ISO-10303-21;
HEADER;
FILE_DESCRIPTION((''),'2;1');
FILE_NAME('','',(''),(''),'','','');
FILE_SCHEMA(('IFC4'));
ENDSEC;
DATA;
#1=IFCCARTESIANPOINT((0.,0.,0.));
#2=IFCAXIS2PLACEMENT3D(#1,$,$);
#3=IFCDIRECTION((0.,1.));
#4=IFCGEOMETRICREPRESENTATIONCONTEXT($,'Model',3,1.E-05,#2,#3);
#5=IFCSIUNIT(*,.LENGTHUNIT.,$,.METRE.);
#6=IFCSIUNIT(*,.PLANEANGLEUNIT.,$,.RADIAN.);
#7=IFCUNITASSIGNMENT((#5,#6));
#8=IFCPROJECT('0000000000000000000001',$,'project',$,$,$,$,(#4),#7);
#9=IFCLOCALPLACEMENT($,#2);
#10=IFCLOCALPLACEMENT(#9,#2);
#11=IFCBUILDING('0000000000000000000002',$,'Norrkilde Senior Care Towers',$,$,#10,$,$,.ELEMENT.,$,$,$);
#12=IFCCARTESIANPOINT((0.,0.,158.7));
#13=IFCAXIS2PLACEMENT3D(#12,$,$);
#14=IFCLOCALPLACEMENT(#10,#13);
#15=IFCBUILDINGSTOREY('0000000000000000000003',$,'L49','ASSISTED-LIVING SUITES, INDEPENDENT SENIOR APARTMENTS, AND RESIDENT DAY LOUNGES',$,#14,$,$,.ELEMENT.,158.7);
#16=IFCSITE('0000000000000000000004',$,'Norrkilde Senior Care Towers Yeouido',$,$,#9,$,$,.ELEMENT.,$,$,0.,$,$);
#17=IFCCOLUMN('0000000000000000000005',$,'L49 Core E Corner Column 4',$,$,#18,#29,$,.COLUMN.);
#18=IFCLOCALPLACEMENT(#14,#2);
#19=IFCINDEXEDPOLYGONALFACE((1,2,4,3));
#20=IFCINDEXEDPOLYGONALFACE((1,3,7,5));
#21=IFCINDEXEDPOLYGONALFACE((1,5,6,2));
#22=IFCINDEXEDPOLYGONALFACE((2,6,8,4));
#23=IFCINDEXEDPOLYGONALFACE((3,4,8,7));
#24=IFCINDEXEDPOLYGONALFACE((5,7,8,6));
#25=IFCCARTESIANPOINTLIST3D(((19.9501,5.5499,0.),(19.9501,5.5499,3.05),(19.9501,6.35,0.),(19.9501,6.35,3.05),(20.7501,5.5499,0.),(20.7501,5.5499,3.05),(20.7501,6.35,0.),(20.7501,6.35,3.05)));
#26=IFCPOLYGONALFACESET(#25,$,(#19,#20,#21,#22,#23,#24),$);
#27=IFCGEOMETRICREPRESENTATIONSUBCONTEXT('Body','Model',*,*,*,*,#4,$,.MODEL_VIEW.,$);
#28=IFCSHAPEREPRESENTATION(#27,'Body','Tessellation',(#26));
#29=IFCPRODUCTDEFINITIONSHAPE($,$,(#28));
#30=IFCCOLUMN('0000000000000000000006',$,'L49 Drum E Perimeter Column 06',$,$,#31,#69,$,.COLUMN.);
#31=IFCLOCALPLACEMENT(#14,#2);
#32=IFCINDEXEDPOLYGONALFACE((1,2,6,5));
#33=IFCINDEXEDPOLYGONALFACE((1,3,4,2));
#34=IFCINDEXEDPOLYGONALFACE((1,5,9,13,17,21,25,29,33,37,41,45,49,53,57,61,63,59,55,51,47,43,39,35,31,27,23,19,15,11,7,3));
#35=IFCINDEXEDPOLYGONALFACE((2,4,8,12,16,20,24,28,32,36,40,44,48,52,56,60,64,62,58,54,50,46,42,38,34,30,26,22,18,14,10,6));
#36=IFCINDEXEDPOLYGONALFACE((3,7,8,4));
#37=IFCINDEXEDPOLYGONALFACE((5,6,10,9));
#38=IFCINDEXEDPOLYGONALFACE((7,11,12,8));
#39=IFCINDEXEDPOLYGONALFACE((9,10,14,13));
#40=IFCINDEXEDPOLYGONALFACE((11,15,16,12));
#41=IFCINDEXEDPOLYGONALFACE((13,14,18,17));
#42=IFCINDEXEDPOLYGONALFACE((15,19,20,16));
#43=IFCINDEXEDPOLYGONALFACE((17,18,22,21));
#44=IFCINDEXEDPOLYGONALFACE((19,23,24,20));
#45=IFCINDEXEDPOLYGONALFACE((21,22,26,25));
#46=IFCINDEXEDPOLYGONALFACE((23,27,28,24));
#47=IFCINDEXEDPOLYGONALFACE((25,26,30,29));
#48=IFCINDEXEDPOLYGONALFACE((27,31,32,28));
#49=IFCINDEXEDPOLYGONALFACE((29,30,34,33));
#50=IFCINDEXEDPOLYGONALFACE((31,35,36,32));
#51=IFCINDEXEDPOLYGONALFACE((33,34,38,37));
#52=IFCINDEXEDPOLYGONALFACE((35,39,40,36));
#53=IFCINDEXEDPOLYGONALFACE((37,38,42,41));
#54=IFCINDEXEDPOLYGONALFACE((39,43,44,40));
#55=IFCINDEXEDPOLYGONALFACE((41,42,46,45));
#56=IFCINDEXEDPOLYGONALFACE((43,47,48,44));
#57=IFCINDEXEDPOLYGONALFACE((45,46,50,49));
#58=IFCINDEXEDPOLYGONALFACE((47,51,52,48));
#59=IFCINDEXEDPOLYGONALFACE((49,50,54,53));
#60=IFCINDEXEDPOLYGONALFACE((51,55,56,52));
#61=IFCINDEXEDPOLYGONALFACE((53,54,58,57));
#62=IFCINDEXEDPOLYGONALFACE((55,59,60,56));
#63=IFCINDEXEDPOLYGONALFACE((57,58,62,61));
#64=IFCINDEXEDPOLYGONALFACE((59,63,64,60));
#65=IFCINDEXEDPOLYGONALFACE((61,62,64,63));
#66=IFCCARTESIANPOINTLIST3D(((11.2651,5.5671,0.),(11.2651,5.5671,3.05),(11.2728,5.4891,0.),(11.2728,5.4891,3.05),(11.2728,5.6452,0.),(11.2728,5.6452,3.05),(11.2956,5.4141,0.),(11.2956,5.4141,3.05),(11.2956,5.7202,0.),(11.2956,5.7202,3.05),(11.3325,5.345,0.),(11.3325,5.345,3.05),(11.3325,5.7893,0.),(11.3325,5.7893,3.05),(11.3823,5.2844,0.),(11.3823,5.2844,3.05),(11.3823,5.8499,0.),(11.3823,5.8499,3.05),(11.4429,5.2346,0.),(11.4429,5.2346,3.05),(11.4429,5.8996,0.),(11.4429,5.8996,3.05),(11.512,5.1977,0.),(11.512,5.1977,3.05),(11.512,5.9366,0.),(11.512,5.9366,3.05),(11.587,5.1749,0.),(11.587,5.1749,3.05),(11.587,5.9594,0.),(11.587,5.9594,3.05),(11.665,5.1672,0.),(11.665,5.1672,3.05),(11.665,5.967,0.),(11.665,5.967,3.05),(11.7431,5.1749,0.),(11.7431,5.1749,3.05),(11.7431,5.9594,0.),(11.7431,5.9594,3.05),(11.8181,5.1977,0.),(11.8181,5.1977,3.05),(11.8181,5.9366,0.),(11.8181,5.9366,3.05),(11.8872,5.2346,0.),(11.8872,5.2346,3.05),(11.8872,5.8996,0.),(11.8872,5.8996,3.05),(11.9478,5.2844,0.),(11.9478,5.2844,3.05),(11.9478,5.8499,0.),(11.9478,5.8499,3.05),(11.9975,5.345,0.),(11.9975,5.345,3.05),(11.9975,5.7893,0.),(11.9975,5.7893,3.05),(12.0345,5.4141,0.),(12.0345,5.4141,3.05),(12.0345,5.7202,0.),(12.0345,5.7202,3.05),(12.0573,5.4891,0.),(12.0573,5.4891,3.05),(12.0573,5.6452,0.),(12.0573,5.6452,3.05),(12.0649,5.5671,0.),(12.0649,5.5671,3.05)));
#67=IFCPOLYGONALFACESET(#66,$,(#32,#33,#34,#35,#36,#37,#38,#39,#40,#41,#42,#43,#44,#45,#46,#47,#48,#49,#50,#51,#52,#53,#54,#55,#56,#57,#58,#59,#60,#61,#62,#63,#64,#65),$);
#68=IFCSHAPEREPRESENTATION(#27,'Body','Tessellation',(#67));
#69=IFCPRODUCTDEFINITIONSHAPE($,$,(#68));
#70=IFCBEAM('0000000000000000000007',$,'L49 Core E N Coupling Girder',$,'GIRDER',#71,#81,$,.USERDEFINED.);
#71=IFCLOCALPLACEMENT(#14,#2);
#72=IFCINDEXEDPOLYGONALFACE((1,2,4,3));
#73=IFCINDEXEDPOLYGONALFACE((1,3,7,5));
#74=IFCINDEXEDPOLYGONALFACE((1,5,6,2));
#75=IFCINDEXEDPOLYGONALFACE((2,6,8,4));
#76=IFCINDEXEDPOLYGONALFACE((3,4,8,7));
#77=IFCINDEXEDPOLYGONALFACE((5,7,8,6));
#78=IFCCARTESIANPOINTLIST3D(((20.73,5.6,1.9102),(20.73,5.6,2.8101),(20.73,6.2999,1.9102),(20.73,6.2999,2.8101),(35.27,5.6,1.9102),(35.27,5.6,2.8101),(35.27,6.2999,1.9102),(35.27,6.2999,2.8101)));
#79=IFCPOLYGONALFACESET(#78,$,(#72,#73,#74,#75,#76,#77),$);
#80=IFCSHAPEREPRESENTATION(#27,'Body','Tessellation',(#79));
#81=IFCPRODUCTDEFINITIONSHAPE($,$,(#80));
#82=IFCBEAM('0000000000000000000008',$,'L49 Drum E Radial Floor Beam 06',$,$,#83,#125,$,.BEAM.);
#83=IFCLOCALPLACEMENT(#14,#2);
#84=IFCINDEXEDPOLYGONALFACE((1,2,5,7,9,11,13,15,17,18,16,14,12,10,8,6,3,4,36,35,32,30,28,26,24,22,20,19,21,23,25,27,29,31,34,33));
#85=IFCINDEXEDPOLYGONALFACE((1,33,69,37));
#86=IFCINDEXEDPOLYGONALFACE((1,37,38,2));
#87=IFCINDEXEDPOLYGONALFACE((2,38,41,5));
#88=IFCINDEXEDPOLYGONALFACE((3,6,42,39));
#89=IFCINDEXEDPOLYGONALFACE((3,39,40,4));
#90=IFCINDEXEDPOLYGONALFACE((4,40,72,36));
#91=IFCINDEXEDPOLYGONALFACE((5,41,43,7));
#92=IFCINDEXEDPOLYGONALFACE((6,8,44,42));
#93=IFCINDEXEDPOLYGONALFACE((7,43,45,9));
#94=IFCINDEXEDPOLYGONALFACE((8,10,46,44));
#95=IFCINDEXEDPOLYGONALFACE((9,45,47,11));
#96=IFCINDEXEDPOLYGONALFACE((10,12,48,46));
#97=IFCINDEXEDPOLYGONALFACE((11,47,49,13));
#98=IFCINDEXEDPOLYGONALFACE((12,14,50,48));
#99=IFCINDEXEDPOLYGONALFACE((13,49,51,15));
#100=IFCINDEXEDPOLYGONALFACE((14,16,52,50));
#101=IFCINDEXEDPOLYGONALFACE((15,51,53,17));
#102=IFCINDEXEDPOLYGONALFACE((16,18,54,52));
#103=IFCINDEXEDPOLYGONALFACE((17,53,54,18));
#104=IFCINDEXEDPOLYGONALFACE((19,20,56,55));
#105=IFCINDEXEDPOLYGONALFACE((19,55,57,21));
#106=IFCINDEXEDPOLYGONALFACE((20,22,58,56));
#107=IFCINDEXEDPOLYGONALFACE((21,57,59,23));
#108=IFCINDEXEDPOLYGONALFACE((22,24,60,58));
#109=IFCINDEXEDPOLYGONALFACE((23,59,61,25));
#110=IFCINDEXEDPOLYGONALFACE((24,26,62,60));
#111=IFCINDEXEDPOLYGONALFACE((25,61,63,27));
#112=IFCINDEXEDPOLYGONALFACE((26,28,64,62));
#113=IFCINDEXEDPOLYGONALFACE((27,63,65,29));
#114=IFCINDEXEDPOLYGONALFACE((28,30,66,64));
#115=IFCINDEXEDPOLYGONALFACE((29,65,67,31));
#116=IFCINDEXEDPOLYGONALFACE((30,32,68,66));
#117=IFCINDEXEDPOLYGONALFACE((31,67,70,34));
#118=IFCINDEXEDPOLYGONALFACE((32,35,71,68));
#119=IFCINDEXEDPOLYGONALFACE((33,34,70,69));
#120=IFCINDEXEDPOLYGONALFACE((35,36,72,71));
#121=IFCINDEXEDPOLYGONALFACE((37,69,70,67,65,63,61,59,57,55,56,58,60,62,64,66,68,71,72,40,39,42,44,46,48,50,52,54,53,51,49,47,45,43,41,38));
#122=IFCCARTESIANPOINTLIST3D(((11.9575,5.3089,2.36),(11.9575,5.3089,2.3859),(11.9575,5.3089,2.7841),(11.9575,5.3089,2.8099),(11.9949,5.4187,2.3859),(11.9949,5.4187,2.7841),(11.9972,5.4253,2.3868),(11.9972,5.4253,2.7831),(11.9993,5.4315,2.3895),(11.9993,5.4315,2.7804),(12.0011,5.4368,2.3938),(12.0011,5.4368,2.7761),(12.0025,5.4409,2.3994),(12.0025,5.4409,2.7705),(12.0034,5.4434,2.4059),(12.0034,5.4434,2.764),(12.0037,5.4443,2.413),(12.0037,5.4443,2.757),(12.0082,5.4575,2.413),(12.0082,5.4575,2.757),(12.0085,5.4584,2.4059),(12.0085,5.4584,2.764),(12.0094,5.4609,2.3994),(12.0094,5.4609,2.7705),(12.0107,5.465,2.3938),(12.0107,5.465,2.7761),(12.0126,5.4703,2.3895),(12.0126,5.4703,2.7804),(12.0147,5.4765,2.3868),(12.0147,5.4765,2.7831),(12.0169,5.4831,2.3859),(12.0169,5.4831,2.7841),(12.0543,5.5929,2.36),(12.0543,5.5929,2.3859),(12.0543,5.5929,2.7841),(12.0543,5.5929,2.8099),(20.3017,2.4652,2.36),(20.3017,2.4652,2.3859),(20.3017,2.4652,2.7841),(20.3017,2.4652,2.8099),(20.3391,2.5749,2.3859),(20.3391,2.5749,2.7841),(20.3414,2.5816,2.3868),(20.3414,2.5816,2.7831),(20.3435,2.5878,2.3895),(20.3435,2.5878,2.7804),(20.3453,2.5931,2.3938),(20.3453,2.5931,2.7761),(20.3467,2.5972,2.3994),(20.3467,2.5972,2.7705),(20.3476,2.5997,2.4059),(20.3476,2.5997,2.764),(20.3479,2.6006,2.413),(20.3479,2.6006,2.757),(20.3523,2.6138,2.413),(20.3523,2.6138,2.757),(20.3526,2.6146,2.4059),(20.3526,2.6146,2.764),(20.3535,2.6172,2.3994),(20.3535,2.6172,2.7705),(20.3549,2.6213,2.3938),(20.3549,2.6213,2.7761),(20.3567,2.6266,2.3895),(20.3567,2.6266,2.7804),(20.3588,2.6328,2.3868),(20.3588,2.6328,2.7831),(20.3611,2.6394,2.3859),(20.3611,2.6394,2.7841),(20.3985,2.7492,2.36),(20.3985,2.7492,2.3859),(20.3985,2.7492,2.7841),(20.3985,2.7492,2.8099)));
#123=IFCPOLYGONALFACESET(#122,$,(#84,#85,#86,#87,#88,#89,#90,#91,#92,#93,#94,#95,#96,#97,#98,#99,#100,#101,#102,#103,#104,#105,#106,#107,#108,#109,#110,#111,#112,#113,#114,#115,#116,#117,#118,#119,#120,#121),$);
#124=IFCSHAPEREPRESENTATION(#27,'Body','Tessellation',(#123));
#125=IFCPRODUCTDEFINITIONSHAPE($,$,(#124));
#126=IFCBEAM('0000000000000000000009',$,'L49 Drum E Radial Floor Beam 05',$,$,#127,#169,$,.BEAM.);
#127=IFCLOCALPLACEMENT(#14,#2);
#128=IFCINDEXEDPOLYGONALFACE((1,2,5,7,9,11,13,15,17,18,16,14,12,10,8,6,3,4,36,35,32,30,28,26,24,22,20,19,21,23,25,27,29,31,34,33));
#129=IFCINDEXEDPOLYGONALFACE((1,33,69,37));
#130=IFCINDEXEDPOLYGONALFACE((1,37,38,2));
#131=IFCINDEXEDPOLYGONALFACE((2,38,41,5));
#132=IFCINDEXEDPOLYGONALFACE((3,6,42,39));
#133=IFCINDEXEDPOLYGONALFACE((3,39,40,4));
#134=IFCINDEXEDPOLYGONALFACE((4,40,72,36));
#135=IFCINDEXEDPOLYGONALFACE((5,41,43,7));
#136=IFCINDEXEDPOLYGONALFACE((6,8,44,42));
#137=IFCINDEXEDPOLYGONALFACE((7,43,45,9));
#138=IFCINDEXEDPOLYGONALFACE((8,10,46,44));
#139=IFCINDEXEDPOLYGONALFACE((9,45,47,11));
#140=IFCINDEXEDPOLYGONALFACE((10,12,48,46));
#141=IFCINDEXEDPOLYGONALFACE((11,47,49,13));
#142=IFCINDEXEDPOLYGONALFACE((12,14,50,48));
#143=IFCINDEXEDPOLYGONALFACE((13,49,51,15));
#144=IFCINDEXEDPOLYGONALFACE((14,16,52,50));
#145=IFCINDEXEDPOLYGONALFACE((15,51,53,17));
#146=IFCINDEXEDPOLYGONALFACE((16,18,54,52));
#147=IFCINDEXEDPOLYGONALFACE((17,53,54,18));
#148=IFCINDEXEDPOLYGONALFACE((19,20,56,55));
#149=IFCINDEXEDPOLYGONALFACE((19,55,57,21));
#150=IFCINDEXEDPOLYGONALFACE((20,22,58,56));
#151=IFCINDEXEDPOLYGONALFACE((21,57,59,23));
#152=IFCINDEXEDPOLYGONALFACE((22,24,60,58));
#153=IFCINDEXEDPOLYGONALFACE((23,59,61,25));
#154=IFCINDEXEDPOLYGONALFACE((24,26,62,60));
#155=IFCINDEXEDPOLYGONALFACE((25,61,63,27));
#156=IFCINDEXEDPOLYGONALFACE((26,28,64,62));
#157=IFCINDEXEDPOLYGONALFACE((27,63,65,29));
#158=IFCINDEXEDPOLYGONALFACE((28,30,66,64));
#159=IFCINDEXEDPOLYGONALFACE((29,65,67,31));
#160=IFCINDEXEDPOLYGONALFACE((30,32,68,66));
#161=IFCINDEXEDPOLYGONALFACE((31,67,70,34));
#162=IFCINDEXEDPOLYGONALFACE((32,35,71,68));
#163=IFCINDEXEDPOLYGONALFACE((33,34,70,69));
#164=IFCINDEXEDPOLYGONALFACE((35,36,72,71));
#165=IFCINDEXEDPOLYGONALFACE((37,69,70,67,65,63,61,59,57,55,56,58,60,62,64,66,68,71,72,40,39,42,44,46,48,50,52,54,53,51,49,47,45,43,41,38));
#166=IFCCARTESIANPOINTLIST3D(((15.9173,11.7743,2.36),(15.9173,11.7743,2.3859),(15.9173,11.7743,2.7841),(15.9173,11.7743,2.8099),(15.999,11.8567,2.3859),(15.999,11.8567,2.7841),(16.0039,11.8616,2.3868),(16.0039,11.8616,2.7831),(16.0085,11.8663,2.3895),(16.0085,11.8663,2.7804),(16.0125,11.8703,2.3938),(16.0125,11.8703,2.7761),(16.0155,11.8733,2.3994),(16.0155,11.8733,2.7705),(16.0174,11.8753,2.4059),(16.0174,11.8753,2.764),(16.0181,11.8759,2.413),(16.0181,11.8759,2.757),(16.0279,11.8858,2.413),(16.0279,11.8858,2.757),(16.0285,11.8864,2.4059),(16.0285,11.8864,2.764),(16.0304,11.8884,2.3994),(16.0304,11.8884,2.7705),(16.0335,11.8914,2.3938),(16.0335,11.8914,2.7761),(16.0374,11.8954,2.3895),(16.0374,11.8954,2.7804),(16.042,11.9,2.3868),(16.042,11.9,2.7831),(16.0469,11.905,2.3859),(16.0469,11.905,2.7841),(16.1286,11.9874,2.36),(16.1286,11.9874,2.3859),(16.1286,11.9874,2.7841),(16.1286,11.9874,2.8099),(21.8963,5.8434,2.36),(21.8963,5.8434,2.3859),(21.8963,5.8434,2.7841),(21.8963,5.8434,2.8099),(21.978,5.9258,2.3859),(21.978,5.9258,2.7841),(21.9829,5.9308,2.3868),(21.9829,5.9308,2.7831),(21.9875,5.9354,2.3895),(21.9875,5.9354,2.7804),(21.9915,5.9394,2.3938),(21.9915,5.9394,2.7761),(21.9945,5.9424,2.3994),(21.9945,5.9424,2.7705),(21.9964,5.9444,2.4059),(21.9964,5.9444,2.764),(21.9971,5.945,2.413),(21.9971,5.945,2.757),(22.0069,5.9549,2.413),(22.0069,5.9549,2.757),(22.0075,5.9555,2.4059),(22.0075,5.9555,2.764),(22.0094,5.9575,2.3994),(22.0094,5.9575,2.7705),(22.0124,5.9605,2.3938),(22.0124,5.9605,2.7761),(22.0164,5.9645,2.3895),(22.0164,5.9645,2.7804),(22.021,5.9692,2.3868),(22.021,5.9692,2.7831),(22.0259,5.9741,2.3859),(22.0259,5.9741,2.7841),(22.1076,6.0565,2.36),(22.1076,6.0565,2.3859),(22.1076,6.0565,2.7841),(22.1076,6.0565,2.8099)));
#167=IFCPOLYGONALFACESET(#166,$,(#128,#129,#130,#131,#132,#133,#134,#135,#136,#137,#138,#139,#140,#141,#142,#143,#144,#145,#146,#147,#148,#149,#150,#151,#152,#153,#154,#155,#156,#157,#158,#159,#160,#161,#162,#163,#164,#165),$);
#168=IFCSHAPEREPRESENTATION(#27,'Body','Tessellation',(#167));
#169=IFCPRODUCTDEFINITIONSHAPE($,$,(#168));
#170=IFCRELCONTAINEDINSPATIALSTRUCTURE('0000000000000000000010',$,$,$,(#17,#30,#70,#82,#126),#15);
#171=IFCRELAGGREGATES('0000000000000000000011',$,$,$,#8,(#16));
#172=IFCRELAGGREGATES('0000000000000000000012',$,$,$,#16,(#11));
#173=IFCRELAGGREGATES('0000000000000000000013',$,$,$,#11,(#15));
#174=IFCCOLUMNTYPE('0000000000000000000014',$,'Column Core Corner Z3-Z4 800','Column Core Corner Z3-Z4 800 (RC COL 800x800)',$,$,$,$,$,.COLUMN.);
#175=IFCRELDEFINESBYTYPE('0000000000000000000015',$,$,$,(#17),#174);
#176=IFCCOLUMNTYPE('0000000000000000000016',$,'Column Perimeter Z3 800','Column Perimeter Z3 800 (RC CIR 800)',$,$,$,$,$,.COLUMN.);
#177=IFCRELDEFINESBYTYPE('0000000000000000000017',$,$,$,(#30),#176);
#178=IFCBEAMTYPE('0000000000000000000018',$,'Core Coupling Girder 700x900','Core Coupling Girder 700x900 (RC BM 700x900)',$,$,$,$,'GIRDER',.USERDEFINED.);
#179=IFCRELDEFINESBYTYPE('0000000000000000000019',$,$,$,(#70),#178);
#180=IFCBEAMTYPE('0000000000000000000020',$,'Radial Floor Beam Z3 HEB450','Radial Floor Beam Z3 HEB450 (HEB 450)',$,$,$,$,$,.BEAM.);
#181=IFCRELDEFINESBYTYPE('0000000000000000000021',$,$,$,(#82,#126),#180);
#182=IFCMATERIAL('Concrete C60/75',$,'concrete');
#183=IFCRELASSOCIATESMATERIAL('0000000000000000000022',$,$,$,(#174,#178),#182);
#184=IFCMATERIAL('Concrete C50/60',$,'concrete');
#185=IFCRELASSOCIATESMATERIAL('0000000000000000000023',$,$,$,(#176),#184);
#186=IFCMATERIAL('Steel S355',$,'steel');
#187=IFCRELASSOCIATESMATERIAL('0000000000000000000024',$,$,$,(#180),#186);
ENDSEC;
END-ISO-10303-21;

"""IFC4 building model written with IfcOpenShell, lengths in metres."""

from ifc_helpers import new_model, si_unit, direction, frame, origin, origin_2d, place, context, subcontext, project, spatial, rectangle, circle, i_section, extrude, source, transform, mapped, material, material_profile, profile_set, type_object, type_shapes, element, save


model = new_model("IFC4")

# Units and contexts
model_context = context("Model", 3, precision=1e-05, world=origin(), true_north=direction((0.0, 1.0)))
body_context = subcontext(model_context, "Body", "Model", "MODEL_VIEW")
ifc_project = project(units=[si_unit("LENGTHUNIT", "METRE"), si_unit("PLANEANGLEUNIT", "RADIAN")], contexts=[model_context])

# Site, building, storey
site_placement = place(None, origin())
site = spatial("IfcSite", under=ifc_project, at=site_placement, Name="Norrkilde Senior Care Towers Yeouido", CompositionType="ELEMENT", RefElevation=0.0)
building_placement = place(site_placement, origin())
building = spatial("IfcBuilding", under=site, at=building_placement, Name="Norrkilde Senior Care Towers", CompositionType="ELEMENT")
storey_placement = place(building_placement, frame((0.0, 0.0, 158.7)))
storey = spatial("IfcBuildingStorey", under=building, at=storey_placement, Name="L49", Description="ASSISTED-LIVING SUITES, INDEPENDENT SENIOR APARTMENTS, AND RESIDENT DAY LOUNGES", CompositionType="ELEMENT", Elevation=158.7)

# Columns
ifc_material_1 = material(Name="Concrete C60/75", Category="concrete")
ifc_material_profile_1 = material_profile(ifc_material_1, rectangle(XDim=0.8, YDim=0.8, at=origin_2d()), Name="RC COL 800x800")
ifc_profile_set_1 = profile_set([ifc_material_profile_1], Name="Concrete C60/75")
column_type_1 = type_object("IfcColumnType", Name="Column Core Corner Z3-Z4 800", Description="Column Core Corner Z3-Z4 800 (RC COL 800x800)", PredefinedType="COLUMN", material=ifc_profile_set_1)
shared_shape_1 = source(origin(), body_context, "Body", "SweptSolid", [
    extrude(rectangle(XDim=0.8, YDim=0.8, at=origin_2d()), origin(), (0.0, 0.0, 1.0), 3.05),
])
type_shapes(column_type_1, [shared_shape_1])
column_1_placement = place(storey_placement, frame((20.3501, 5.95, 0.0), z_axis=(0.0, 0.0, 1.0), x_axis=(1.0, 0.0, 0.0)))
element("IfcColumn", 1, at=column_1_placement, inside=storey, type_object=column_type_1, Name="L49 Core E Corner Column 4", PredefinedType="COLUMN", context=body_context, shape_type="MappedRepresentation", body=[
    mapped(shared_shape_1, transform((0.0, 0.0, 0.0), x_axis=(1.0, 0.0, 0.0), y_axis=(0.0, 1.0, 0.0), z_axis=(0.0, 0.0, 1.0), scale=1.0)),
])
ifc_material_2 = material(Name="Concrete C50/60", Category="concrete")
ifc_material_profile_2 = material_profile(ifc_material_2, circle(Radius=0.3999, at=origin_2d()), Name="RC CIR 800")
ifc_profile_set_2 = profile_set([ifc_material_profile_2], Name="Concrete C50/60")
column_type_2 = type_object("IfcColumnType", Name="Column Perimeter Z3 800", Description="Column Perimeter Z3 800 (RC CIR 800)", PredefinedType="COLUMN", material=ifc_profile_set_2)
shared_shape_2 = source(origin(), body_context, "Body", "SweptSolid", [
    extrude(circle(Radius=0.3999, at=origin_2d()), origin(), (0.0, 0.0, 1.0), 3.05),
])
type_shapes(column_type_2, [shared_shape_2])
column_2_placement = place(storey_placement, frame((11.665, 5.5671, 0.0), z_axis=(0.0, 0.0, 1.0), x_axis=(1.0, 0.0, 0.0)))
element("IfcColumn", 2, at=column_2_placement, inside=storey, type_object=column_type_2, Name="L49 Drum E Perimeter Column 06", PredefinedType="COLUMN", context=body_context, shape_type="MappedRepresentation", body=[
    mapped(shared_shape_2, transform((0.0, 0.0, 0.0), x_axis=(1.0, 0.0, 0.0), y_axis=(0.0, 1.0, 0.0), z_axis=(0.0, 0.0, 1.0), scale=1.0)),
])

# Beams
ifc_material_profile_3 = material_profile(ifc_material_1, rectangle(XDim=0.7, YDim=0.8999, at=origin_2d()), Name="RC BM 700x900")
ifc_profile_set_3 = profile_set([ifc_material_profile_3], Name="Concrete C60/75")
beam_type_1 = type_object("IfcBeamType", Name="Core Coupling Girder 700x900", Description="Core Coupling Girder 700x900 (RC BM 700x900)", ElementType="GIRDER", PredefinedType="USERDEFINED", material=ifc_profile_set_3)
shared_shape_3 = source(origin(), body_context, "Body", "SweptSolid", [
    extrude(rectangle(XDim=0.7, YDim=0.8999, at=origin_2d()), origin(), (0.0, 0.0, 1.0), 14.54),
])
type_shapes(beam_type_1, [shared_shape_3])
beam_1_placement = place(storey_placement, frame((20.73, 5.95, 2.3601), z_axis=(1.0, 0.0, 0.0), x_axis=(0.0, 1.0, 0.0)))
element("IfcBeam", 3, at=beam_1_placement, inside=storey, type_object=beam_type_1, Name="L49 Core E N Coupling Girder", ObjectType="GIRDER", PredefinedType="USERDEFINED", context=body_context, shape_type="MappedRepresentation", body=[
    mapped(shared_shape_3, transform((0.0, 0.0, 0.0), x_axis=(1.0, 0.0, 0.0), y_axis=(0.0, 1.0, 0.0), z_axis=(0.0, 0.0, 1.0), scale=1.0)),
])
ifc_material_3 = material(Name="Steel S355", Category="steel")
ifc_material_profile_4 = material_profile(ifc_material_3, i_section(OverallWidth=0.3, OverallDepth=0.45, WebThickness=0.0139, FlangeThickness=0.0259, FilletRadius=0.0271, at=origin_2d()), Name="HEB 450")
ifc_profile_set_4 = profile_set([ifc_material_profile_4], Name="Steel S355")
beam_type_2 = type_object("IfcBeamType", Name="Radial Floor Beam Z3 HEB450", Description="Radial Floor Beam Z3 HEB450 (HEB 450)", PredefinedType="BEAM", material=ifc_profile_set_4)
shared_shape_4 = source(origin(), body_context, "Body", "SweptSolid", [
    extrude(i_section(OverallWidth=0.3, OverallDepth=0.45, WebThickness=0.0139, FlangeThickness=0.0259, FilletRadius=0.0271, at=origin_2d()), origin(), (0.0, 0.0, 1.0), 8.8154),
])
beam_2_placement = place(storey_placement, frame((20.3501, 2.6072, 2.585), z_axis=(-0.946541, 0.322585, 0.0), x_axis=(-0.322585, -0.946541, 0.0)))
element("IfcBeam", 4, at=beam_2_placement, inside=storey, type_object=beam_type_2, Name="L49 Drum E Radial Floor Beam 06", PredefinedType="BEAM", context=body_context, shape_type="MappedRepresentation", body=[
    mapped(shared_shape_4, transform((0.0, 0.0, 0.0), x_axis=(1.0, 0.0, 0.0), y_axis=(0.0, 1.0, 0.0), z_axis=(0.0, 0.0, 1.0), scale=1.0)),
])
shared_shape_5 = source(origin(), body_context, "Body", "SweptSolid", [
    extrude(i_section(OverallWidth=0.3, OverallDepth=0.45, WebThickness=0.0139, FlangeThickness=0.0259, FilletRadius=0.0271, at=origin_2d()), origin(), (0.0, 0.0, 1.0), 8.4216),
])
type_shapes(beam_type_2, [shared_shape_4, shared_shape_5])
beam_3_placement = place(storey_placement, frame((22.002, 5.95, 2.585), z_axis=(-0.709956, 0.704246, 0.0), x_axis=(-0.704246, -0.709956, 0.0)))
element("IfcBeam", 5, at=beam_3_placement, inside=storey, type_object=beam_type_2, Name="L49 Drum E Radial Floor Beam 05", PredefinedType="BEAM", context=body_context, shape_type="MappedRepresentation", body=[
    mapped(shared_shape_5, transform((0.0, 0.0, 0.0), x_axis=(1.0, 0.0, 0.0), y_axis=(0.0, 1.0, 0.0), z_axis=(0.0, 0.0, 1.0), scale=1.0)),
])

save(model, "model.ifc")
